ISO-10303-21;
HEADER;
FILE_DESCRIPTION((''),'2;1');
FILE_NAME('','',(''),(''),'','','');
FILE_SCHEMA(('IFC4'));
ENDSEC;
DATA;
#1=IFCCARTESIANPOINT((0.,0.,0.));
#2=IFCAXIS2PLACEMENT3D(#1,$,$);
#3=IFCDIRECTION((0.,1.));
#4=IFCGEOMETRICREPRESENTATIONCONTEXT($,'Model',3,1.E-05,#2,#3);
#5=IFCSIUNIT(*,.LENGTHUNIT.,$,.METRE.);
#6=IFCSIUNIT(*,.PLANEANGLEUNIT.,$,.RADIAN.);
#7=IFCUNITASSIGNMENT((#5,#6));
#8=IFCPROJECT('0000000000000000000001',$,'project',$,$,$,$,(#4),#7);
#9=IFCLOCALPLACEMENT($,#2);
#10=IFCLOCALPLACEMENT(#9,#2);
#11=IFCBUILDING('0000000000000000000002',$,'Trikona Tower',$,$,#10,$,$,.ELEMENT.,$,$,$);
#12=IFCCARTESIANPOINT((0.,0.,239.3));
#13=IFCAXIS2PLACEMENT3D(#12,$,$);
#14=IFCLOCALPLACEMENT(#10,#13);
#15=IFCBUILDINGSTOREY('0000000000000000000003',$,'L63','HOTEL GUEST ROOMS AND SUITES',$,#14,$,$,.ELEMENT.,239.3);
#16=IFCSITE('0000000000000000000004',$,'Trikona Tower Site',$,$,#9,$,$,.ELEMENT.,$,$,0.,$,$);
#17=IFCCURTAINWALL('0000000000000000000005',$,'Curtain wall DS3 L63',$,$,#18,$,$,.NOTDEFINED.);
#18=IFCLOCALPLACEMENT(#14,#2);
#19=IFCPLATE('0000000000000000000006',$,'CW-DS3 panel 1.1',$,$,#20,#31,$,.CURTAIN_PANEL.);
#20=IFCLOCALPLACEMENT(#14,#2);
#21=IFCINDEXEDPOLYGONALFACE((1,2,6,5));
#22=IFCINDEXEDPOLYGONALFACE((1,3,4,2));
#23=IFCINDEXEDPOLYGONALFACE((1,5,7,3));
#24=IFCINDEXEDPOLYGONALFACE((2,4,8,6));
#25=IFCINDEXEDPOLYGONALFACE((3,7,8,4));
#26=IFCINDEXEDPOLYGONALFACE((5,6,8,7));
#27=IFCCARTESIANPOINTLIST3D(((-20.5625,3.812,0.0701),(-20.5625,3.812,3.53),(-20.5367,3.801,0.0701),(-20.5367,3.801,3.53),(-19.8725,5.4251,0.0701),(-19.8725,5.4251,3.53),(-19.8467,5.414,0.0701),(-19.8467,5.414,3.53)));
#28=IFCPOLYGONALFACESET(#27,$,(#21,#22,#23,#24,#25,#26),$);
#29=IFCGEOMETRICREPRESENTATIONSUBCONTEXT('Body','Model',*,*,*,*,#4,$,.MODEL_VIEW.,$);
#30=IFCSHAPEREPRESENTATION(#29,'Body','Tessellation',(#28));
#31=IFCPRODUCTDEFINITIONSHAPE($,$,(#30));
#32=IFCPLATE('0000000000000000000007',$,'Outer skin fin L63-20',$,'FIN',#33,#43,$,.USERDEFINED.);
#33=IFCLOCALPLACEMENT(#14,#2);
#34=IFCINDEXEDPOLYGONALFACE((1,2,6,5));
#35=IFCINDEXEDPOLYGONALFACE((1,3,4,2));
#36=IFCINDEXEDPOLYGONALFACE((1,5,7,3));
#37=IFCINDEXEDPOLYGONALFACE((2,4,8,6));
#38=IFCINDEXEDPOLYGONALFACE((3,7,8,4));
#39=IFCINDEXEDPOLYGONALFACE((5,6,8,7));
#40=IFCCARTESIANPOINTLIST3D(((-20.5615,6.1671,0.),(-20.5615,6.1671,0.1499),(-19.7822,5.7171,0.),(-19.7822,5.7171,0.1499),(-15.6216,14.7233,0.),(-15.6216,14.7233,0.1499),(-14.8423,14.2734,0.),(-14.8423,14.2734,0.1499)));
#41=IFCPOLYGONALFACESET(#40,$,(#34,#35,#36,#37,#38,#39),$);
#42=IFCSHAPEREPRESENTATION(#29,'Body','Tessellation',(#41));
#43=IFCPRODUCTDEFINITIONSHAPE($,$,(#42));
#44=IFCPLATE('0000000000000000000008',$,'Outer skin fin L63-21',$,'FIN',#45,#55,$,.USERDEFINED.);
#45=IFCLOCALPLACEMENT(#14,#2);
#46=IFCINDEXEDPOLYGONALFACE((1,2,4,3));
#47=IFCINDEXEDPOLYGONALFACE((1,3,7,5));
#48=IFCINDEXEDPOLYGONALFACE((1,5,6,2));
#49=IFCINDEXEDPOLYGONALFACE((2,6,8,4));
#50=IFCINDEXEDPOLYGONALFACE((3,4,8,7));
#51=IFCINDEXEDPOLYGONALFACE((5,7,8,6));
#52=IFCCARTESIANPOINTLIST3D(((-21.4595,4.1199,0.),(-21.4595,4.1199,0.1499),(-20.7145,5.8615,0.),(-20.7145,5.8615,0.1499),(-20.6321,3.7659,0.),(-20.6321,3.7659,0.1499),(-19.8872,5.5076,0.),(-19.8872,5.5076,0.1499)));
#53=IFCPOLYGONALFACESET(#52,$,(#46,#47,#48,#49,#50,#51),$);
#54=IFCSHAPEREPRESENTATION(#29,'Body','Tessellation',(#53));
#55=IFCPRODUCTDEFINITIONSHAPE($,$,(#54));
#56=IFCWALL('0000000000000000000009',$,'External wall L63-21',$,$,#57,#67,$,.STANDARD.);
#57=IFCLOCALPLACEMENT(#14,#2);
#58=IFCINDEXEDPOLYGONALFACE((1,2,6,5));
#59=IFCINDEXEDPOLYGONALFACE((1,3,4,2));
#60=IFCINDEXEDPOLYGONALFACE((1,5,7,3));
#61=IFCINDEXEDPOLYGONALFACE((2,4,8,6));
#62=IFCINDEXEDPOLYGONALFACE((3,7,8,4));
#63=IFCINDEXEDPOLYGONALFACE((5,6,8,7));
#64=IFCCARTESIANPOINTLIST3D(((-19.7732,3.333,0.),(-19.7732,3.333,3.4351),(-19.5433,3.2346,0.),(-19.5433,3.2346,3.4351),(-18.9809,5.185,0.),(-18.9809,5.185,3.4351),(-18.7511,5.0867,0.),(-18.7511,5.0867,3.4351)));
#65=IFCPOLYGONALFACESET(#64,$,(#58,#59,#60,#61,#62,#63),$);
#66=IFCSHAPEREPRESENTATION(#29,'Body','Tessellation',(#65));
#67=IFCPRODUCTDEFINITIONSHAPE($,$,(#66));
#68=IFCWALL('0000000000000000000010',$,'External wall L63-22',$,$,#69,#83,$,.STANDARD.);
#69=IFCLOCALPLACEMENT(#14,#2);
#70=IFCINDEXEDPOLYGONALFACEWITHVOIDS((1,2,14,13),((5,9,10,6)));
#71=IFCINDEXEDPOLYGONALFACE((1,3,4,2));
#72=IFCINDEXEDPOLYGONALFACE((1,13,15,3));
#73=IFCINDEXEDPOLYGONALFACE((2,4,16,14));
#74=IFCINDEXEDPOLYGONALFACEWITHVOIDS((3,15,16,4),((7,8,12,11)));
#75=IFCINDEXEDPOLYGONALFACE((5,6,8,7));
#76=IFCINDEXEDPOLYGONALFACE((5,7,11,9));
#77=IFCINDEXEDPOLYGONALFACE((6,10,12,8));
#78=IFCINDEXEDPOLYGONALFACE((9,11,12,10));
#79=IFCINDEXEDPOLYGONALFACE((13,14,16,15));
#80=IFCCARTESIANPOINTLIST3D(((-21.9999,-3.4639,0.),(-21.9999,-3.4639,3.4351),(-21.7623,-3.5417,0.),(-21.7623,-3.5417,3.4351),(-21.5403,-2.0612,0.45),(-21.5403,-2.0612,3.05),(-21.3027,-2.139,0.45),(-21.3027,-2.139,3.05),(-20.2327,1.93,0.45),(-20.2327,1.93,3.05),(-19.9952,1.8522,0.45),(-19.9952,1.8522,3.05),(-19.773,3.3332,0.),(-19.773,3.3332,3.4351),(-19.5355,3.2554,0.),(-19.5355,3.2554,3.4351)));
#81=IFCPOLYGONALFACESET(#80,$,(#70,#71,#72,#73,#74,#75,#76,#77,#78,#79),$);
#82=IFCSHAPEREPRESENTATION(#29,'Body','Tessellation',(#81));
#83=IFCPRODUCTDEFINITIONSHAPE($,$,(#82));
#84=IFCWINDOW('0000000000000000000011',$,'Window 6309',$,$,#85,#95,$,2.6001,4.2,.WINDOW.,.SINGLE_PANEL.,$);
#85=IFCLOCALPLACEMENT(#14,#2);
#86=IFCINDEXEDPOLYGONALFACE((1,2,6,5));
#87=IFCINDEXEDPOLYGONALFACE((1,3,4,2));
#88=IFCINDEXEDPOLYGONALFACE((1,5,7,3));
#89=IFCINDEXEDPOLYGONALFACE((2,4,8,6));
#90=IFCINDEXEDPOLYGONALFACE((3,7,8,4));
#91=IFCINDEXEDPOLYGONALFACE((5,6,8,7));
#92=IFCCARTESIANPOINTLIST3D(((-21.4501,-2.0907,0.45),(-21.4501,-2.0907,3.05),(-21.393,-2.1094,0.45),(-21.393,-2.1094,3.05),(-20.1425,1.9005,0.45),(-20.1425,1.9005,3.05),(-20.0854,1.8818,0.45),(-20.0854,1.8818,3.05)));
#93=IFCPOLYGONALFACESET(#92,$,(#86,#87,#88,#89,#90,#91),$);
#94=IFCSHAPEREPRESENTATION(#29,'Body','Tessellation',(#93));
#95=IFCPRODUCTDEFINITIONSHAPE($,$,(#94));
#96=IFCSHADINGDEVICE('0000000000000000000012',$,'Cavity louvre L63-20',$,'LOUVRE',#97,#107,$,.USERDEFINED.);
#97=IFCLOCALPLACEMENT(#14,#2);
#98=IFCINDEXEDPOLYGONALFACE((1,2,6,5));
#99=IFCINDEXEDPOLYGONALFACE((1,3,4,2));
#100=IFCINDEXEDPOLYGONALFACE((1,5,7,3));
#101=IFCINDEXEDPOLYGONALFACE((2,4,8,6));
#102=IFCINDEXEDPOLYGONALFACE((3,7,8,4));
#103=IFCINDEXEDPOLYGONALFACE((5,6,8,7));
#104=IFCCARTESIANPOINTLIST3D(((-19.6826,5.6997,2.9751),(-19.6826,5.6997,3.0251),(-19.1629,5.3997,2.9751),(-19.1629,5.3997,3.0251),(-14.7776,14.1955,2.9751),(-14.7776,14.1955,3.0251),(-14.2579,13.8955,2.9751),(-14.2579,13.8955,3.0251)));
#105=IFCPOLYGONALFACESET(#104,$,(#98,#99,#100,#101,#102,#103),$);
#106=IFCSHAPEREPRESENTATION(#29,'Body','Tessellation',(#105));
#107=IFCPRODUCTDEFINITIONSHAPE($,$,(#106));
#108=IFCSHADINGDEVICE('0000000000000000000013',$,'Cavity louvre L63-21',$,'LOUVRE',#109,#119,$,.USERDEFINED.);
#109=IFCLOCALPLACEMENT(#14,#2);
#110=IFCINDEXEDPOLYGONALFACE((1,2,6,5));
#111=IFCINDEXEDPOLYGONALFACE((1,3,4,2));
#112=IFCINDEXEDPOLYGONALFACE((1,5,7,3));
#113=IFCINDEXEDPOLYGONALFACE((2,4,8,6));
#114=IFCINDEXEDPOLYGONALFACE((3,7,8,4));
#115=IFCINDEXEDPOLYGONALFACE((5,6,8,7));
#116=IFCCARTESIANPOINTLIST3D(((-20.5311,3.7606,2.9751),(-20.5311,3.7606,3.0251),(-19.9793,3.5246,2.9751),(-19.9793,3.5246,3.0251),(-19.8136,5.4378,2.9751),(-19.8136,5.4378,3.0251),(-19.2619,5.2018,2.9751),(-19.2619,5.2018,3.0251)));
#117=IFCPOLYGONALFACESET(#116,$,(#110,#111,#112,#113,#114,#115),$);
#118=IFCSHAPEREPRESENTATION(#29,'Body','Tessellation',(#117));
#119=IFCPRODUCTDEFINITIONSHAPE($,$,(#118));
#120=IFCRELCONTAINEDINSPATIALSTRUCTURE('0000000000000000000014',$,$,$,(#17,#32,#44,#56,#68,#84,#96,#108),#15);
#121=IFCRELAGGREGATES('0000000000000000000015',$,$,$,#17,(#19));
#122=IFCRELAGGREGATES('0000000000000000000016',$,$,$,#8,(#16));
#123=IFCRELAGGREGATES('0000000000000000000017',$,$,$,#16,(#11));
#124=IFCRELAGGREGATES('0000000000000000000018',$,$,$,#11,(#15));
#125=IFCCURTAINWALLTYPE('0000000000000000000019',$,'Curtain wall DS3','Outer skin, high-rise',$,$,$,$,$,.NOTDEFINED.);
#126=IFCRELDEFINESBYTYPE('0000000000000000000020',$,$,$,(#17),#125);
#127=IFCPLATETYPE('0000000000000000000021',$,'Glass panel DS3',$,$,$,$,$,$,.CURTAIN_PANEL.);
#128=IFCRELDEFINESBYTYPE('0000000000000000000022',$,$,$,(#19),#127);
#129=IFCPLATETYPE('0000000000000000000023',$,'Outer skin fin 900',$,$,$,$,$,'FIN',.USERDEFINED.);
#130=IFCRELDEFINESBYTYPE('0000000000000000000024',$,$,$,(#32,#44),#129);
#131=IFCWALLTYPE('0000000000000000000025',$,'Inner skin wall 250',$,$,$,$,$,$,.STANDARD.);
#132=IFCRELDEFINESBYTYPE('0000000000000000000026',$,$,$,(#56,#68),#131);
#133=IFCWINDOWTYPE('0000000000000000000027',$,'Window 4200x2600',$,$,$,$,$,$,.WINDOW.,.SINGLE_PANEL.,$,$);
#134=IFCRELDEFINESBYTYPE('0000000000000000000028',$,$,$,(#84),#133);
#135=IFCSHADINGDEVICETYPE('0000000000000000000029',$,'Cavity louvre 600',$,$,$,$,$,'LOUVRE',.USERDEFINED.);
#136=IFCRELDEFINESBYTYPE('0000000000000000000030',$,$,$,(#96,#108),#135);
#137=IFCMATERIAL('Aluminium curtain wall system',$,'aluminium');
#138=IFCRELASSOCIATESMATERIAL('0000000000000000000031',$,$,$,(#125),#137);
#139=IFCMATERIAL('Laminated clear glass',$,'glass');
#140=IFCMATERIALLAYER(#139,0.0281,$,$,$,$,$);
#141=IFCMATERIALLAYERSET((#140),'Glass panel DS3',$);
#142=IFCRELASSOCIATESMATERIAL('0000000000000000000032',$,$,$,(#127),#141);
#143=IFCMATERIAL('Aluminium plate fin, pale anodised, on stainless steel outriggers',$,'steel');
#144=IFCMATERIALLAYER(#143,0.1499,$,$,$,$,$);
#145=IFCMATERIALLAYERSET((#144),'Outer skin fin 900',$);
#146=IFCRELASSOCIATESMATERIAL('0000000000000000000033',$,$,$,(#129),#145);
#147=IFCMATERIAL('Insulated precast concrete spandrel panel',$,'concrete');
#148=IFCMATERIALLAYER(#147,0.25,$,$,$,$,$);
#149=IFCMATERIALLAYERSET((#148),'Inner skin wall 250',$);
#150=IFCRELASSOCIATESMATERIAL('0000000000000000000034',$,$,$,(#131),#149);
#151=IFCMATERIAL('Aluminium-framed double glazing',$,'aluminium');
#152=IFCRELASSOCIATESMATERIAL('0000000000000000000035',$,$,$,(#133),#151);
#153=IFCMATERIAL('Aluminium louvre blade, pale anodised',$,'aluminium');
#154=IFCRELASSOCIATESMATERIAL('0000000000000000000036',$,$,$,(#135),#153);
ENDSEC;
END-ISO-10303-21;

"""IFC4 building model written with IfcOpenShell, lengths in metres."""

from ifc_helpers import new_model, si_unit, direction, frame, frame_2d, origin, origin_2d, place, context, subcontext, project, spatial, rectangle, extrude, material, layer, layer_set, type_object, element, fill, aggregate, save


model = new_model("IFC4")

# Units and contexts
model_context = context("Model", 3, precision=1e-05, world=origin(), true_north=direction((0.0, 1.0)))
body_context = subcontext(model_context, "Body", "Model", "MODEL_VIEW")
ifc_project = project(units=[si_unit("LENGTHUNIT", "METRE"), si_unit("PLANEANGLEUNIT", "RADIAN")], contexts=[model_context])

# Site, building, storey
site_placement = place(None, origin())
site = spatial("IfcSite", under=ifc_project, at=site_placement, Name="Trikona Tower Site", CompositionType="ELEMENT", RefElevation=0.0)
building_placement = place(site_placement, origin())
building = spatial("IfcBuilding", under=site, at=building_placement, Name="Trikona Tower", CompositionType="ELEMENT")
storey_placement = place(building_placement, frame((0.0, 0.0, 239.3)))
storey = spatial("IfcBuildingStorey", under=building, at=storey_placement, Name="L63", Description="HOTEL GUEST ROOMS AND SUITES", CompositionType="ELEMENT", Elevation=239.3)

# Shared definitions
ifc_material_1 = material(Name="Aluminium curtain wall system", Category="aluminium")
curtain_wall_type = type_object("IfcCurtainWallType", Name="Curtain wall DS3", Description="Outer skin, high-rise", PredefinedType="NOTDEFINED", material=ifc_material_1)

# Curtain wall
curtain_wall_1_placement = place(storey_placement, origin())
curtain_wall_1 = element("IfcCurtainWall", 1, at=curtain_wall_1_placement, inside=storey, type_object=curtain_wall_type, Name="Curtain wall DS3 L63", PredefinedType="NOTDEFINED")

# Plate
ifc_material_2 = material(Name="Laminated clear glass", Category="glass")
ifc_layer_1 = layer(ifc_material_2, 0.0281)
ifc_layer_set_1 = layer_set([ifc_layer_1], Name="Glass panel DS3")
plate_type_1 = type_object("IfcPlateType", Name="Glass panel DS3", PredefinedType="CURTAIN_PANEL", material=ifc_layer_set_1)
plate_1_placement = place(storey_placement, frame((-20.2046, 4.613, 0.0701), z_axis=(0.0, 0.0, 1.0), x_axis=(-0.393276, -0.919421, 0.0)))
plate_1 = element("IfcPlate", 2, at=plate_1_placement, type_object=plate_type_1, Name="CW-DS3 panel 1.1", PredefinedType="CURTAIN_PANEL", context=body_context, shape_type="SweptSolid", body=[
    extrude(rectangle(XDim=1.7544, YDim=0.0281, at=origin_2d()), origin(), (0.0, 0.0, 1.0), 3.46),
])
aggregate(curtain_wall_1, [plate_1])

# Plates
ifc_material_3 = material(Name="Aluminium plate fin, pale anodised, on stainless steel outriggers", Category="steel")
ifc_layer_2 = layer(ifc_material_3, 0.1499)
ifc_layer_set_2 = layer_set([ifc_layer_2], Name="Outer skin fin 900")
plate_type_2 = type_object("IfcPlateType", Name="Outer skin fin 900", ElementType="FIN", PredefinedType="USERDEFINED", material=ifc_layer_set_2)
plate_2_placement = place(storey_placement, frame((-17.7019, 10.2202, 0.0), z_axis=(0.0, 0.0, 1.0), x_axis=(-0.499998, -0.866026, 0.0)))
element("IfcPlate", 3, at=plate_2_placement, inside=storey, type_object=plate_type_2, Name="Outer skin fin L63-20", ObjectType="FIN", PredefinedType="USERDEFINED", context=body_context, shape_type="SweptSolid", body=[
    extrude(rectangle(XDim=9.8799, YDim=0.8999, at=origin_2d()), origin(), (0.0, 0.0, 1.0), 0.1499),
])
plate_3_placement = place(storey_placement, frame((-20.6733, 4.8137, 0.0), z_axis=(0.0, 0.0, 1.0), x_axis=(-0.393284, -0.919417, 0.0)))
element("IfcPlate", 4, at=plate_3_placement, inside=storey, type_object=plate_type_2, Name="Outer skin fin L63-21", ObjectType="FIN", PredefinedType="USERDEFINED", context=body_context, shape_type="SweptSolid", body=[
    extrude(rectangle(XDim=1.8943, YDim=0.8999, at=origin_2d()), origin(), (0.0, 0.0, 1.0), 0.1499),
])

# Wall
ifc_material_4 = material(Name="Insulated precast concrete spandrel panel", Category="concrete")
ifc_layer_3 = layer(ifc_material_4, 0.25)
ifc_layer_set_3 = layer_set([ifc_layer_3], Name="Inner skin wall 250")
wall_type = type_object("IfcWallType", Name="Inner skin wall 250", PredefinedType="STANDARD", material=ifc_layer_set_3)
wall_1_placement = place(storey_placement, frame((-18.866, 5.136, 0.0), z_axis=(0.0, 0.0, 1.0), x_axis=(-0.39329, -0.919414, 0.0)))
element("IfcWall", 5, at=wall_1_placement, inside=storey, type_object=wall_type, Name="External wall L63-21", PredefinedType="STANDARD", context=body_context, shape_type="SweptSolid", body=[
    extrude(rectangle(XDim=2.0144, YDim=0.25, at=frame_2d((1.0073, 0.0))), origin(), (0.0, 0.0, 1.0), 3.4351),
])

# Wall, opening, window
wall_2_placement = place(storey_placement, frame((-19.6543, 3.2942, 0.0), z_axis=(0.0, 0.0, 1.0), x_axis=(-0.311329, -0.950302, 0.0)))
wall_2 = element("IfcWall", 6, at=wall_2_placement, inside=storey, type_object=wall_type, Name="External wall L63-22", PredefinedType="STANDARD", context=body_context, shape_type="SweptSolid", body=[
    extrude(rectangle(XDim=7.1526, YDim=0.25, at=frame_2d((3.5762, 0.0))), origin(), (0.0, 0.0, 1.0), 3.4351),
])
opening_placement = place(wall_2_placement, frame((1.4763, 0.0, 0.45)))
opening = element("IfcOpeningElement", 7, at=opening_placement, cuts=wall_2, PredefinedType="OPENING", context=body_context, shape_type="SweptSolid", body=[
    extrude(rectangle(XDim=4.2, YDim=2.6001, at=frame_2d((2.1001, 1.3))), frame((0.0, 0.135, 0.0), z_axis=(0.0, -1.0, 0.0), x_axis=(1.0, 0.0, 0.0)), (0.0, 0.0, 1.0), 0.27),
])
ifc_material_5 = material(Name="Aluminium-framed double glazing", Category="aluminium")
window_type = type_object("IfcWindowType", Name="Window 4200x2600", PartitioningType="SINGLE_PANEL", PredefinedType="WINDOW", material=ifc_material_5)
window_placement = place(opening_placement, origin())
window = element("IfcWindow", 8, at=window_placement, inside=storey, type_object=window_type, Name="Window 6309", OverallHeight=2.6001, OverallWidth=4.2, PartitioningType="SINGLE_PANEL", PredefinedType="WINDOW", context=body_context, shape_type="SweptSolid", body=[
    extrude(rectangle(XDim=4.2, YDim=2.6001, at=frame_2d((2.1001, 1.3))), frame((0.0, 0.03, 0.0), z_axis=(0.0, -1.0, 0.0), x_axis=(1.0, 0.0, 0.0)), (0.0, 0.0, 1.0), 0.0601),
])
fill(opening, window)

# Shading devices
ifc_material_6 = material(Name="Aluminium louvre blade, pale anodised", Category="aluminium")
shading_device_type = type_object("IfcShadingDeviceType", Name="Cavity louvre 600", ElementType="LOUVRE", PredefinedType="USERDEFINED", material=ifc_material_6)
shading_device_1_placement = place(storey_placement, frame((-16.9702, 9.7976, 2.9751), z_axis=(0.0, 0.0, 1.0), x_axis=(-0.499998, -0.866026, 0.0)))
element("IfcShadingDevice", 9, at=shading_device_1_placement, inside=storey, type_object=shading_device_type, Name="Cavity louvre L63-20", ObjectType="LOUVRE", PredefinedType="USERDEFINED", context=body_context, shape_type="SweptSolid", body=[
    extrude(rectangle(XDim=9.8101, YDim=0.6001, at=origin_2d()), origin(), (0.0, 0.0, 1.0), 0.05),
])
shading_device_2_placement = place(storey_placement, frame((-19.8965, 4.4812, 2.9751), z_axis=(0.0, 0.0, 1.0), x_axis=(-0.393284, -0.919417, 0.0)))
element("IfcShadingDevice", 10, at=shading_device_2_placement, inside=storey, type_object=shading_device_type, Name="Cavity louvre L63-21", ObjectType="LOUVRE", PredefinedType="USERDEFINED", context=body_context, shape_type="SweptSolid", body=[
    extrude(rectangle(XDim=1.8242, YDim=0.6001, at=origin_2d()), origin(), (0.0, 0.0, 1.0), 0.05),
])

save(model, "model.ifc")
